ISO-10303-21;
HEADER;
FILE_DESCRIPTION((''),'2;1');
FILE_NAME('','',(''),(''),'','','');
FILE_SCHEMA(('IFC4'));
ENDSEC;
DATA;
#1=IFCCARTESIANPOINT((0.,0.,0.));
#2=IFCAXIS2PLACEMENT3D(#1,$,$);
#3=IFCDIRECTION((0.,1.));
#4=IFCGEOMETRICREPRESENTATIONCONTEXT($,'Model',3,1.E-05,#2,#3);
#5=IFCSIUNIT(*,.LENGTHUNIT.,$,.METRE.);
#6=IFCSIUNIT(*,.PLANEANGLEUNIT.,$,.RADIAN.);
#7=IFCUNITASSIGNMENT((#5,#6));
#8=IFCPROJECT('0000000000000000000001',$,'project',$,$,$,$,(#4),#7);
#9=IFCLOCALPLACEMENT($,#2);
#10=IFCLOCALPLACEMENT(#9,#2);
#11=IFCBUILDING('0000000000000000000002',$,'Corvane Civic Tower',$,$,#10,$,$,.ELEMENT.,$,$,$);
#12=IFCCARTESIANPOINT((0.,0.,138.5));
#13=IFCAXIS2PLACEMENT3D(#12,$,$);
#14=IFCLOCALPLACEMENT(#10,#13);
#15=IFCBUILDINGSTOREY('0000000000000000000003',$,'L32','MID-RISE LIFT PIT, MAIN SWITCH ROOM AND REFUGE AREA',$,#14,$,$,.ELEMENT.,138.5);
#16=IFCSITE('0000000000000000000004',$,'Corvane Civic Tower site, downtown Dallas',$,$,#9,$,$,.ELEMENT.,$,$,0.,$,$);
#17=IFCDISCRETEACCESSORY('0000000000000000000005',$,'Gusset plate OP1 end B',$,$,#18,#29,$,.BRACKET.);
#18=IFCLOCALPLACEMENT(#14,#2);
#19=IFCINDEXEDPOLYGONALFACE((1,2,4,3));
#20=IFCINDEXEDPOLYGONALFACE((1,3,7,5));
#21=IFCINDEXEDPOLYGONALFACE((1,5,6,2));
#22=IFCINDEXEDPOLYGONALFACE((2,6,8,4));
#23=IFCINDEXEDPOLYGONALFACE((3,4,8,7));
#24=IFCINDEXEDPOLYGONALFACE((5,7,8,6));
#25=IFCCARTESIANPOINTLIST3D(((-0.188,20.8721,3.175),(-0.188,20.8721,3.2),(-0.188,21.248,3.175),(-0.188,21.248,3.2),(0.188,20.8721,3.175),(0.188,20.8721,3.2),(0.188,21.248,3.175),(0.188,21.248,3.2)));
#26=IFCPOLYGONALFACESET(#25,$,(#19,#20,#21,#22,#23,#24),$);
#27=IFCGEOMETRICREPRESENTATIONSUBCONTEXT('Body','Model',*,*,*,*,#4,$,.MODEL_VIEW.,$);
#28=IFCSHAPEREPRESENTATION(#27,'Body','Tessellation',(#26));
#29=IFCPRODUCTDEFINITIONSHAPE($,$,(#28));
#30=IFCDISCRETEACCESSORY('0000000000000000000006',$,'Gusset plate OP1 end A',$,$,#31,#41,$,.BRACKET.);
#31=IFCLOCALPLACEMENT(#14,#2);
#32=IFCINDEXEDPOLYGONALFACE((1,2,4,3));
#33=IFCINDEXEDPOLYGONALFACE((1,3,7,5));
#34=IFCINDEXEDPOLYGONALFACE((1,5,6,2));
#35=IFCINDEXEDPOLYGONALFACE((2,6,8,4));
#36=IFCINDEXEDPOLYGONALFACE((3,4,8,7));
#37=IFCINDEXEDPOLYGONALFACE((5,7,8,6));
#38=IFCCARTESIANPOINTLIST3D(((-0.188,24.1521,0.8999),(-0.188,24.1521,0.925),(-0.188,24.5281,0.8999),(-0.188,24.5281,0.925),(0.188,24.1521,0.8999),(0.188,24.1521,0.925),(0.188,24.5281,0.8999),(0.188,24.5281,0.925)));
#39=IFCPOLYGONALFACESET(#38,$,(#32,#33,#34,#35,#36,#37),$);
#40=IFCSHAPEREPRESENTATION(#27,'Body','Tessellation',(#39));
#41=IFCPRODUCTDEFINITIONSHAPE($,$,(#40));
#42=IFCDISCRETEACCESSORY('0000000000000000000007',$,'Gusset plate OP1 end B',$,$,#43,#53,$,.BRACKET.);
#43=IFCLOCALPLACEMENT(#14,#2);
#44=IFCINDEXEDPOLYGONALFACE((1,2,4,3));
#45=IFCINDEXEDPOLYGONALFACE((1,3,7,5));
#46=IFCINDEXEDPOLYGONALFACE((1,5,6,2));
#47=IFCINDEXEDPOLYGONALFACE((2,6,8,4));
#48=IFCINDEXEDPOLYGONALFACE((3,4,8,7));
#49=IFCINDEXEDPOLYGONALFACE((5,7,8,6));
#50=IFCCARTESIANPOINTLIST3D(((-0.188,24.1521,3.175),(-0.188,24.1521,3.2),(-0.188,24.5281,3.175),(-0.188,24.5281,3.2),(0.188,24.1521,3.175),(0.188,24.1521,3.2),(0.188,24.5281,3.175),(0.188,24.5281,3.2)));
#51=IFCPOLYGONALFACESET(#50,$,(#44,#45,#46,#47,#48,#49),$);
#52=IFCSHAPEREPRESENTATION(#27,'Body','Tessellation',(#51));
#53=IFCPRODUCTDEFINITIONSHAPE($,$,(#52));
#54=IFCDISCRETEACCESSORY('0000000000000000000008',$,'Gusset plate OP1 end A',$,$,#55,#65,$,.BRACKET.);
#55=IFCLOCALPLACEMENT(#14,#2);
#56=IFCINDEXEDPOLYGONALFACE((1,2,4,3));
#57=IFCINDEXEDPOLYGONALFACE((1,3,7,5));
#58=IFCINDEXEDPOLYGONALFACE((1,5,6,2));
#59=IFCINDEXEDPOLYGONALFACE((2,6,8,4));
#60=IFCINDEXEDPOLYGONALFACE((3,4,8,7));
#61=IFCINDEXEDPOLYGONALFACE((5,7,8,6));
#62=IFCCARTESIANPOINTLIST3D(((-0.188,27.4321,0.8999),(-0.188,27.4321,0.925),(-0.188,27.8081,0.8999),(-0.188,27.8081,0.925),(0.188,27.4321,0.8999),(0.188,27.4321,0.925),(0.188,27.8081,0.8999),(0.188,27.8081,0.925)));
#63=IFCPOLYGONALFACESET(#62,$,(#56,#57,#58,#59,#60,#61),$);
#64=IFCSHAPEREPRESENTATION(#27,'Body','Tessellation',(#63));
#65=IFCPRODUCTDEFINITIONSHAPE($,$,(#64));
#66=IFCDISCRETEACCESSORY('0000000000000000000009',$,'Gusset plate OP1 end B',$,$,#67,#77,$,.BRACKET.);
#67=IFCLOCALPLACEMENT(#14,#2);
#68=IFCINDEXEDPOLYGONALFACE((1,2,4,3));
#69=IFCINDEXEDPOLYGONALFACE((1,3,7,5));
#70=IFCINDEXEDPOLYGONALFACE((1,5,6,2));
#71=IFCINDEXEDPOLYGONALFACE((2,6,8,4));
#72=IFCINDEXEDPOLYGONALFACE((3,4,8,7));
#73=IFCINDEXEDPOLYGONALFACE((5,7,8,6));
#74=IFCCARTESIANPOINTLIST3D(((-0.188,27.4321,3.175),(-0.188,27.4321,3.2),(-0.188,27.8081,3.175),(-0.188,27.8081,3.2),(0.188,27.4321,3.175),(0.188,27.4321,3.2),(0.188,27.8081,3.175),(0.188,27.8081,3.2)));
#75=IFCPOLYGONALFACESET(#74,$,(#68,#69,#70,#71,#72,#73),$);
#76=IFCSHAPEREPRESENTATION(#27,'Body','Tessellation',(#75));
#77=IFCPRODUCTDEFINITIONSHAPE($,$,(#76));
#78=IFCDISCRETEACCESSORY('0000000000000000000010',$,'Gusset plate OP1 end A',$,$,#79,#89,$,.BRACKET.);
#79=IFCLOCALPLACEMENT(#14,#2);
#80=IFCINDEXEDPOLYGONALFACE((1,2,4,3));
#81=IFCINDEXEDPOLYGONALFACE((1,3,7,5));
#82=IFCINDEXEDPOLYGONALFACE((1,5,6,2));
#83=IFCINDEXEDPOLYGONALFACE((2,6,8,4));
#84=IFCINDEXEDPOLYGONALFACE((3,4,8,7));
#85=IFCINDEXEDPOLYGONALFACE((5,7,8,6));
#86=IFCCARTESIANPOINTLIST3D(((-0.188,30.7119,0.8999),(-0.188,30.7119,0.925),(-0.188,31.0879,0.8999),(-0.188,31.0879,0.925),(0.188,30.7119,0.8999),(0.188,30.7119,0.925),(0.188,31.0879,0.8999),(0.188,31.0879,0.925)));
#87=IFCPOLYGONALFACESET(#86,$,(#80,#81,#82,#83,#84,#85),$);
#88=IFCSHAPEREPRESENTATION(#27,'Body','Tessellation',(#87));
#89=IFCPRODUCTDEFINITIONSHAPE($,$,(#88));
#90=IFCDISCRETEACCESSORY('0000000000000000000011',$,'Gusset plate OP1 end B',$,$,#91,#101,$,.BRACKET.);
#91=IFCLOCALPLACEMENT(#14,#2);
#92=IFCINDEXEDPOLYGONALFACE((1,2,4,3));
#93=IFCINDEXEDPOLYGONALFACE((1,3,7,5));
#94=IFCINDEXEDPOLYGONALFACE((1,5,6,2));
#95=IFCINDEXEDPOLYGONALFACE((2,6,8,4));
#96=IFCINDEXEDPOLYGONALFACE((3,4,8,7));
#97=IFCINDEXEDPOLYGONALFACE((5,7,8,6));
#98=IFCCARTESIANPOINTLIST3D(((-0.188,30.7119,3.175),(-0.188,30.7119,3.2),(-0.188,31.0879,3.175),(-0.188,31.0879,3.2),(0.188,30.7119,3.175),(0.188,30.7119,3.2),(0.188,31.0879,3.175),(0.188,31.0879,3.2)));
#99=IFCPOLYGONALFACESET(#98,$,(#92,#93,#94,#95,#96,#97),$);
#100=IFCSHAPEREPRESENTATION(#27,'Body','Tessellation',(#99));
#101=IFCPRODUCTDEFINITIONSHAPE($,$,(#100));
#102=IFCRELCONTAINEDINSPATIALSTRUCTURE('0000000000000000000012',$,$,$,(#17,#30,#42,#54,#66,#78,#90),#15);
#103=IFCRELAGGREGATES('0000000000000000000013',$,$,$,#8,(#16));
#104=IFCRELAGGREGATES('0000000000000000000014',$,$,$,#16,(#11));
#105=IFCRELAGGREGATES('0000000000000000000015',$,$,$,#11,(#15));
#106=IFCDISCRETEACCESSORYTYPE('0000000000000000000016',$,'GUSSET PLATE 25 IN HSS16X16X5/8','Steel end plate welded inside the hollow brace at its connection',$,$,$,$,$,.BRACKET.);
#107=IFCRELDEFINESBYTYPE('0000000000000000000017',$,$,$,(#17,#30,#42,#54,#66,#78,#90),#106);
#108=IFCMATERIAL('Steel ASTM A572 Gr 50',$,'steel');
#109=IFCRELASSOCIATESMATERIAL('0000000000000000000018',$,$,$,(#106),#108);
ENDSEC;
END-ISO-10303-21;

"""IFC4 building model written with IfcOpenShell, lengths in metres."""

from ifc_helpers import new_model, si_unit, direction, frame, origin, origin_2d, place, context, subcontext, project, spatial, rectangle, extrude, material, material_profile, profile_set, type_object, element, save


model = new_model("IFC4")

# Units and contexts
model_context = context("Model", 3, precision=1e-05, world=origin(), true_north=direction((0.0, 1.0)))
body_context = subcontext(model_context, "Body", "Model", "MODEL_VIEW")
ifc_project = project(units=[si_unit("LENGTHUNIT", "METRE"), si_unit("PLANEANGLEUNIT", "RADIAN")], contexts=[model_context])

# Site, building, storey
site_placement = place(None, origin())
site = spatial("IfcSite", under=ifc_project, at=site_placement, Name="Corvane Civic Tower site, downtown Dallas", CompositionType="ELEMENT", RefElevation=0.0)
building_placement = place(site_placement, origin())
building = spatial("IfcBuilding", under=site, at=building_placement, Name="Corvane Civic Tower", CompositionType="ELEMENT")
storey_placement = place(building_placement, frame((0.0, 0.0, 138.5)))
storey = spatial("IfcBuildingStorey", under=building, at=storey_placement, Name="L32", Description="MID-RISE LIFT PIT, MAIN SWITCH ROOM AND REFUGE AREA", CompositionType="ELEMENT", Elevation=138.5)

# Discrete accessories
ifc_material_1 = material(Name="Steel ASTM A572 Gr 50", Category="steel")
ifc_material_profile_1 = material_profile(ifc_material_1, rectangle(XDim=0.376, YDim=0.376, at=origin_2d()), Name="GUSSET PLATE 25 IN HSS16X16X5/8")
ifc_profile_set_1 = profile_set([ifc_material_profile_1], Name="Steel ASTM A572 Gr 50")
discrete_accessory_type_1 = type_object("IfcDiscreteAccessoryType", Name="GUSSET PLATE 25 IN HSS16X16X5/8", Description="Steel end plate welded inside the hollow brace at its connection", PredefinedType="BRACKET", material=ifc_profile_set_1)
discrete_accessory_1_placement = place(storey_placement, frame((0.0, 21.0601, 3.2), z_axis=(0.0, 0.0, -1.0), x_axis=(1.0, 0.0, 0.0)))
element("IfcDiscreteAccessory", 1, at=discrete_accessory_1_placement, inside=storey, type_object=discrete_accessory_type_1, Name="Gusset plate OP1 end B", PredefinedType="BRACKET", context=body_context, shape_type="SweptSolid", body=[
    extrude(rectangle(XDim=0.376, YDim=0.376, at=origin_2d()), origin(), (0.0, 0.0, 1.0), 0.0249),
])
discrete_accessory_2_placement = place(storey_placement, frame((0.0, 24.3401, 0.8999), z_axis=(0.0, 0.0, 1.0), x_axis=(1.0, 0.0, 0.0)))
element("IfcDiscreteAccessory", 2, at=discrete_accessory_2_placement, inside=storey, type_object=discrete_accessory_type_1, Name="Gusset plate OP1 end A", PredefinedType="BRACKET", context=body_context, shape_type="SweptSolid", body=[
    extrude(rectangle(XDim=0.376, YDim=0.376, at=origin_2d()), origin(), (0.0, 0.0, 1.0), 0.0251),
])
discrete_accessory_3_placement = place(storey_placement, frame((0.0, 24.3401, 3.2), z_axis=(0.0, 0.0, -1.0), x_axis=(1.0, 0.0, 0.0)))
element("IfcDiscreteAccessory", 3, at=discrete_accessory_3_placement, inside=storey, type_object=discrete_accessory_type_1, Name="Gusset plate OP1 end B", PredefinedType="BRACKET", context=body_context, shape_type="SweptSolid", body=[
    extrude(rectangle(XDim=0.376, YDim=0.376, at=origin_2d()), origin(), (0.0, 0.0, 1.0), 0.0249),
])
discrete_accessory_4_placement = place(storey_placement, frame((0.0, 27.6201, 0.8999), z_axis=(0.0, 0.0, 1.0), x_axis=(1.0, 0.0, 0.0)))
element("IfcDiscreteAccessory", 4, at=discrete_accessory_4_placement, inside=storey, type_object=discrete_accessory_type_1, Name="Gusset plate OP1 end A", PredefinedType="BRACKET", context=body_context, shape_type="SweptSolid", body=[
    extrude(rectangle(XDim=0.376, YDim=0.376, at=origin_2d()), origin(), (0.0, 0.0, 1.0), 0.0251),
])
discrete_accessory_5_placement = place(storey_placement, frame((0.0, 27.6201, 3.2), z_axis=(0.0, 0.0, -1.0), x_axis=(1.0, 0.0, 0.0)))
element("IfcDiscreteAccessory", 5, at=discrete_accessory_5_placement, inside=storey, type_object=discrete_accessory_type_1, Name="Gusset plate OP1 end B", PredefinedType="BRACKET", context=body_context, shape_type="SweptSolid", body=[
    extrude(rectangle(XDim=0.376, YDim=0.376, at=origin_2d()), origin(), (0.0, 0.0, 1.0), 0.0249),
])
discrete_accessory_6_placement = place(storey_placement, frame((0.0, 30.8999, 0.8999), z_axis=(0.0, 0.0, 1.0), x_axis=(1.0, 0.0, 0.0)))
element("IfcDiscreteAccessory", 6, at=discrete_accessory_6_placement, inside=storey, type_object=discrete_accessory_type_1, Name="Gusset plate OP1 end A", PredefinedType="BRACKET", context=body_context, shape_type="SweptSolid", body=[
    extrude(rectangle(XDim=0.376, YDim=0.376, at=origin_2d()), origin(), (0.0, 0.0, 1.0), 0.0251),
])
discrete_accessory_7_placement = place(storey_placement, frame((0.0, 30.8999, 3.2), z_axis=(0.0, 0.0, -1.0), x_axis=(1.0, 0.0, 0.0)))
element("IfcDiscreteAccessory", 7, at=discrete_accessory_7_placement, inside=storey, type_object=discrete_accessory_type_1, Name="Gusset plate OP1 end B", PredefinedType="BRACKET", context=body_context, shape_type="SweptSolid", body=[
    extrude(rectangle(XDim=0.376, YDim=0.376, at=origin_2d()), origin(), (0.0, 0.0, 1.0), 0.0249),
])

save(model, "model.ifc")
